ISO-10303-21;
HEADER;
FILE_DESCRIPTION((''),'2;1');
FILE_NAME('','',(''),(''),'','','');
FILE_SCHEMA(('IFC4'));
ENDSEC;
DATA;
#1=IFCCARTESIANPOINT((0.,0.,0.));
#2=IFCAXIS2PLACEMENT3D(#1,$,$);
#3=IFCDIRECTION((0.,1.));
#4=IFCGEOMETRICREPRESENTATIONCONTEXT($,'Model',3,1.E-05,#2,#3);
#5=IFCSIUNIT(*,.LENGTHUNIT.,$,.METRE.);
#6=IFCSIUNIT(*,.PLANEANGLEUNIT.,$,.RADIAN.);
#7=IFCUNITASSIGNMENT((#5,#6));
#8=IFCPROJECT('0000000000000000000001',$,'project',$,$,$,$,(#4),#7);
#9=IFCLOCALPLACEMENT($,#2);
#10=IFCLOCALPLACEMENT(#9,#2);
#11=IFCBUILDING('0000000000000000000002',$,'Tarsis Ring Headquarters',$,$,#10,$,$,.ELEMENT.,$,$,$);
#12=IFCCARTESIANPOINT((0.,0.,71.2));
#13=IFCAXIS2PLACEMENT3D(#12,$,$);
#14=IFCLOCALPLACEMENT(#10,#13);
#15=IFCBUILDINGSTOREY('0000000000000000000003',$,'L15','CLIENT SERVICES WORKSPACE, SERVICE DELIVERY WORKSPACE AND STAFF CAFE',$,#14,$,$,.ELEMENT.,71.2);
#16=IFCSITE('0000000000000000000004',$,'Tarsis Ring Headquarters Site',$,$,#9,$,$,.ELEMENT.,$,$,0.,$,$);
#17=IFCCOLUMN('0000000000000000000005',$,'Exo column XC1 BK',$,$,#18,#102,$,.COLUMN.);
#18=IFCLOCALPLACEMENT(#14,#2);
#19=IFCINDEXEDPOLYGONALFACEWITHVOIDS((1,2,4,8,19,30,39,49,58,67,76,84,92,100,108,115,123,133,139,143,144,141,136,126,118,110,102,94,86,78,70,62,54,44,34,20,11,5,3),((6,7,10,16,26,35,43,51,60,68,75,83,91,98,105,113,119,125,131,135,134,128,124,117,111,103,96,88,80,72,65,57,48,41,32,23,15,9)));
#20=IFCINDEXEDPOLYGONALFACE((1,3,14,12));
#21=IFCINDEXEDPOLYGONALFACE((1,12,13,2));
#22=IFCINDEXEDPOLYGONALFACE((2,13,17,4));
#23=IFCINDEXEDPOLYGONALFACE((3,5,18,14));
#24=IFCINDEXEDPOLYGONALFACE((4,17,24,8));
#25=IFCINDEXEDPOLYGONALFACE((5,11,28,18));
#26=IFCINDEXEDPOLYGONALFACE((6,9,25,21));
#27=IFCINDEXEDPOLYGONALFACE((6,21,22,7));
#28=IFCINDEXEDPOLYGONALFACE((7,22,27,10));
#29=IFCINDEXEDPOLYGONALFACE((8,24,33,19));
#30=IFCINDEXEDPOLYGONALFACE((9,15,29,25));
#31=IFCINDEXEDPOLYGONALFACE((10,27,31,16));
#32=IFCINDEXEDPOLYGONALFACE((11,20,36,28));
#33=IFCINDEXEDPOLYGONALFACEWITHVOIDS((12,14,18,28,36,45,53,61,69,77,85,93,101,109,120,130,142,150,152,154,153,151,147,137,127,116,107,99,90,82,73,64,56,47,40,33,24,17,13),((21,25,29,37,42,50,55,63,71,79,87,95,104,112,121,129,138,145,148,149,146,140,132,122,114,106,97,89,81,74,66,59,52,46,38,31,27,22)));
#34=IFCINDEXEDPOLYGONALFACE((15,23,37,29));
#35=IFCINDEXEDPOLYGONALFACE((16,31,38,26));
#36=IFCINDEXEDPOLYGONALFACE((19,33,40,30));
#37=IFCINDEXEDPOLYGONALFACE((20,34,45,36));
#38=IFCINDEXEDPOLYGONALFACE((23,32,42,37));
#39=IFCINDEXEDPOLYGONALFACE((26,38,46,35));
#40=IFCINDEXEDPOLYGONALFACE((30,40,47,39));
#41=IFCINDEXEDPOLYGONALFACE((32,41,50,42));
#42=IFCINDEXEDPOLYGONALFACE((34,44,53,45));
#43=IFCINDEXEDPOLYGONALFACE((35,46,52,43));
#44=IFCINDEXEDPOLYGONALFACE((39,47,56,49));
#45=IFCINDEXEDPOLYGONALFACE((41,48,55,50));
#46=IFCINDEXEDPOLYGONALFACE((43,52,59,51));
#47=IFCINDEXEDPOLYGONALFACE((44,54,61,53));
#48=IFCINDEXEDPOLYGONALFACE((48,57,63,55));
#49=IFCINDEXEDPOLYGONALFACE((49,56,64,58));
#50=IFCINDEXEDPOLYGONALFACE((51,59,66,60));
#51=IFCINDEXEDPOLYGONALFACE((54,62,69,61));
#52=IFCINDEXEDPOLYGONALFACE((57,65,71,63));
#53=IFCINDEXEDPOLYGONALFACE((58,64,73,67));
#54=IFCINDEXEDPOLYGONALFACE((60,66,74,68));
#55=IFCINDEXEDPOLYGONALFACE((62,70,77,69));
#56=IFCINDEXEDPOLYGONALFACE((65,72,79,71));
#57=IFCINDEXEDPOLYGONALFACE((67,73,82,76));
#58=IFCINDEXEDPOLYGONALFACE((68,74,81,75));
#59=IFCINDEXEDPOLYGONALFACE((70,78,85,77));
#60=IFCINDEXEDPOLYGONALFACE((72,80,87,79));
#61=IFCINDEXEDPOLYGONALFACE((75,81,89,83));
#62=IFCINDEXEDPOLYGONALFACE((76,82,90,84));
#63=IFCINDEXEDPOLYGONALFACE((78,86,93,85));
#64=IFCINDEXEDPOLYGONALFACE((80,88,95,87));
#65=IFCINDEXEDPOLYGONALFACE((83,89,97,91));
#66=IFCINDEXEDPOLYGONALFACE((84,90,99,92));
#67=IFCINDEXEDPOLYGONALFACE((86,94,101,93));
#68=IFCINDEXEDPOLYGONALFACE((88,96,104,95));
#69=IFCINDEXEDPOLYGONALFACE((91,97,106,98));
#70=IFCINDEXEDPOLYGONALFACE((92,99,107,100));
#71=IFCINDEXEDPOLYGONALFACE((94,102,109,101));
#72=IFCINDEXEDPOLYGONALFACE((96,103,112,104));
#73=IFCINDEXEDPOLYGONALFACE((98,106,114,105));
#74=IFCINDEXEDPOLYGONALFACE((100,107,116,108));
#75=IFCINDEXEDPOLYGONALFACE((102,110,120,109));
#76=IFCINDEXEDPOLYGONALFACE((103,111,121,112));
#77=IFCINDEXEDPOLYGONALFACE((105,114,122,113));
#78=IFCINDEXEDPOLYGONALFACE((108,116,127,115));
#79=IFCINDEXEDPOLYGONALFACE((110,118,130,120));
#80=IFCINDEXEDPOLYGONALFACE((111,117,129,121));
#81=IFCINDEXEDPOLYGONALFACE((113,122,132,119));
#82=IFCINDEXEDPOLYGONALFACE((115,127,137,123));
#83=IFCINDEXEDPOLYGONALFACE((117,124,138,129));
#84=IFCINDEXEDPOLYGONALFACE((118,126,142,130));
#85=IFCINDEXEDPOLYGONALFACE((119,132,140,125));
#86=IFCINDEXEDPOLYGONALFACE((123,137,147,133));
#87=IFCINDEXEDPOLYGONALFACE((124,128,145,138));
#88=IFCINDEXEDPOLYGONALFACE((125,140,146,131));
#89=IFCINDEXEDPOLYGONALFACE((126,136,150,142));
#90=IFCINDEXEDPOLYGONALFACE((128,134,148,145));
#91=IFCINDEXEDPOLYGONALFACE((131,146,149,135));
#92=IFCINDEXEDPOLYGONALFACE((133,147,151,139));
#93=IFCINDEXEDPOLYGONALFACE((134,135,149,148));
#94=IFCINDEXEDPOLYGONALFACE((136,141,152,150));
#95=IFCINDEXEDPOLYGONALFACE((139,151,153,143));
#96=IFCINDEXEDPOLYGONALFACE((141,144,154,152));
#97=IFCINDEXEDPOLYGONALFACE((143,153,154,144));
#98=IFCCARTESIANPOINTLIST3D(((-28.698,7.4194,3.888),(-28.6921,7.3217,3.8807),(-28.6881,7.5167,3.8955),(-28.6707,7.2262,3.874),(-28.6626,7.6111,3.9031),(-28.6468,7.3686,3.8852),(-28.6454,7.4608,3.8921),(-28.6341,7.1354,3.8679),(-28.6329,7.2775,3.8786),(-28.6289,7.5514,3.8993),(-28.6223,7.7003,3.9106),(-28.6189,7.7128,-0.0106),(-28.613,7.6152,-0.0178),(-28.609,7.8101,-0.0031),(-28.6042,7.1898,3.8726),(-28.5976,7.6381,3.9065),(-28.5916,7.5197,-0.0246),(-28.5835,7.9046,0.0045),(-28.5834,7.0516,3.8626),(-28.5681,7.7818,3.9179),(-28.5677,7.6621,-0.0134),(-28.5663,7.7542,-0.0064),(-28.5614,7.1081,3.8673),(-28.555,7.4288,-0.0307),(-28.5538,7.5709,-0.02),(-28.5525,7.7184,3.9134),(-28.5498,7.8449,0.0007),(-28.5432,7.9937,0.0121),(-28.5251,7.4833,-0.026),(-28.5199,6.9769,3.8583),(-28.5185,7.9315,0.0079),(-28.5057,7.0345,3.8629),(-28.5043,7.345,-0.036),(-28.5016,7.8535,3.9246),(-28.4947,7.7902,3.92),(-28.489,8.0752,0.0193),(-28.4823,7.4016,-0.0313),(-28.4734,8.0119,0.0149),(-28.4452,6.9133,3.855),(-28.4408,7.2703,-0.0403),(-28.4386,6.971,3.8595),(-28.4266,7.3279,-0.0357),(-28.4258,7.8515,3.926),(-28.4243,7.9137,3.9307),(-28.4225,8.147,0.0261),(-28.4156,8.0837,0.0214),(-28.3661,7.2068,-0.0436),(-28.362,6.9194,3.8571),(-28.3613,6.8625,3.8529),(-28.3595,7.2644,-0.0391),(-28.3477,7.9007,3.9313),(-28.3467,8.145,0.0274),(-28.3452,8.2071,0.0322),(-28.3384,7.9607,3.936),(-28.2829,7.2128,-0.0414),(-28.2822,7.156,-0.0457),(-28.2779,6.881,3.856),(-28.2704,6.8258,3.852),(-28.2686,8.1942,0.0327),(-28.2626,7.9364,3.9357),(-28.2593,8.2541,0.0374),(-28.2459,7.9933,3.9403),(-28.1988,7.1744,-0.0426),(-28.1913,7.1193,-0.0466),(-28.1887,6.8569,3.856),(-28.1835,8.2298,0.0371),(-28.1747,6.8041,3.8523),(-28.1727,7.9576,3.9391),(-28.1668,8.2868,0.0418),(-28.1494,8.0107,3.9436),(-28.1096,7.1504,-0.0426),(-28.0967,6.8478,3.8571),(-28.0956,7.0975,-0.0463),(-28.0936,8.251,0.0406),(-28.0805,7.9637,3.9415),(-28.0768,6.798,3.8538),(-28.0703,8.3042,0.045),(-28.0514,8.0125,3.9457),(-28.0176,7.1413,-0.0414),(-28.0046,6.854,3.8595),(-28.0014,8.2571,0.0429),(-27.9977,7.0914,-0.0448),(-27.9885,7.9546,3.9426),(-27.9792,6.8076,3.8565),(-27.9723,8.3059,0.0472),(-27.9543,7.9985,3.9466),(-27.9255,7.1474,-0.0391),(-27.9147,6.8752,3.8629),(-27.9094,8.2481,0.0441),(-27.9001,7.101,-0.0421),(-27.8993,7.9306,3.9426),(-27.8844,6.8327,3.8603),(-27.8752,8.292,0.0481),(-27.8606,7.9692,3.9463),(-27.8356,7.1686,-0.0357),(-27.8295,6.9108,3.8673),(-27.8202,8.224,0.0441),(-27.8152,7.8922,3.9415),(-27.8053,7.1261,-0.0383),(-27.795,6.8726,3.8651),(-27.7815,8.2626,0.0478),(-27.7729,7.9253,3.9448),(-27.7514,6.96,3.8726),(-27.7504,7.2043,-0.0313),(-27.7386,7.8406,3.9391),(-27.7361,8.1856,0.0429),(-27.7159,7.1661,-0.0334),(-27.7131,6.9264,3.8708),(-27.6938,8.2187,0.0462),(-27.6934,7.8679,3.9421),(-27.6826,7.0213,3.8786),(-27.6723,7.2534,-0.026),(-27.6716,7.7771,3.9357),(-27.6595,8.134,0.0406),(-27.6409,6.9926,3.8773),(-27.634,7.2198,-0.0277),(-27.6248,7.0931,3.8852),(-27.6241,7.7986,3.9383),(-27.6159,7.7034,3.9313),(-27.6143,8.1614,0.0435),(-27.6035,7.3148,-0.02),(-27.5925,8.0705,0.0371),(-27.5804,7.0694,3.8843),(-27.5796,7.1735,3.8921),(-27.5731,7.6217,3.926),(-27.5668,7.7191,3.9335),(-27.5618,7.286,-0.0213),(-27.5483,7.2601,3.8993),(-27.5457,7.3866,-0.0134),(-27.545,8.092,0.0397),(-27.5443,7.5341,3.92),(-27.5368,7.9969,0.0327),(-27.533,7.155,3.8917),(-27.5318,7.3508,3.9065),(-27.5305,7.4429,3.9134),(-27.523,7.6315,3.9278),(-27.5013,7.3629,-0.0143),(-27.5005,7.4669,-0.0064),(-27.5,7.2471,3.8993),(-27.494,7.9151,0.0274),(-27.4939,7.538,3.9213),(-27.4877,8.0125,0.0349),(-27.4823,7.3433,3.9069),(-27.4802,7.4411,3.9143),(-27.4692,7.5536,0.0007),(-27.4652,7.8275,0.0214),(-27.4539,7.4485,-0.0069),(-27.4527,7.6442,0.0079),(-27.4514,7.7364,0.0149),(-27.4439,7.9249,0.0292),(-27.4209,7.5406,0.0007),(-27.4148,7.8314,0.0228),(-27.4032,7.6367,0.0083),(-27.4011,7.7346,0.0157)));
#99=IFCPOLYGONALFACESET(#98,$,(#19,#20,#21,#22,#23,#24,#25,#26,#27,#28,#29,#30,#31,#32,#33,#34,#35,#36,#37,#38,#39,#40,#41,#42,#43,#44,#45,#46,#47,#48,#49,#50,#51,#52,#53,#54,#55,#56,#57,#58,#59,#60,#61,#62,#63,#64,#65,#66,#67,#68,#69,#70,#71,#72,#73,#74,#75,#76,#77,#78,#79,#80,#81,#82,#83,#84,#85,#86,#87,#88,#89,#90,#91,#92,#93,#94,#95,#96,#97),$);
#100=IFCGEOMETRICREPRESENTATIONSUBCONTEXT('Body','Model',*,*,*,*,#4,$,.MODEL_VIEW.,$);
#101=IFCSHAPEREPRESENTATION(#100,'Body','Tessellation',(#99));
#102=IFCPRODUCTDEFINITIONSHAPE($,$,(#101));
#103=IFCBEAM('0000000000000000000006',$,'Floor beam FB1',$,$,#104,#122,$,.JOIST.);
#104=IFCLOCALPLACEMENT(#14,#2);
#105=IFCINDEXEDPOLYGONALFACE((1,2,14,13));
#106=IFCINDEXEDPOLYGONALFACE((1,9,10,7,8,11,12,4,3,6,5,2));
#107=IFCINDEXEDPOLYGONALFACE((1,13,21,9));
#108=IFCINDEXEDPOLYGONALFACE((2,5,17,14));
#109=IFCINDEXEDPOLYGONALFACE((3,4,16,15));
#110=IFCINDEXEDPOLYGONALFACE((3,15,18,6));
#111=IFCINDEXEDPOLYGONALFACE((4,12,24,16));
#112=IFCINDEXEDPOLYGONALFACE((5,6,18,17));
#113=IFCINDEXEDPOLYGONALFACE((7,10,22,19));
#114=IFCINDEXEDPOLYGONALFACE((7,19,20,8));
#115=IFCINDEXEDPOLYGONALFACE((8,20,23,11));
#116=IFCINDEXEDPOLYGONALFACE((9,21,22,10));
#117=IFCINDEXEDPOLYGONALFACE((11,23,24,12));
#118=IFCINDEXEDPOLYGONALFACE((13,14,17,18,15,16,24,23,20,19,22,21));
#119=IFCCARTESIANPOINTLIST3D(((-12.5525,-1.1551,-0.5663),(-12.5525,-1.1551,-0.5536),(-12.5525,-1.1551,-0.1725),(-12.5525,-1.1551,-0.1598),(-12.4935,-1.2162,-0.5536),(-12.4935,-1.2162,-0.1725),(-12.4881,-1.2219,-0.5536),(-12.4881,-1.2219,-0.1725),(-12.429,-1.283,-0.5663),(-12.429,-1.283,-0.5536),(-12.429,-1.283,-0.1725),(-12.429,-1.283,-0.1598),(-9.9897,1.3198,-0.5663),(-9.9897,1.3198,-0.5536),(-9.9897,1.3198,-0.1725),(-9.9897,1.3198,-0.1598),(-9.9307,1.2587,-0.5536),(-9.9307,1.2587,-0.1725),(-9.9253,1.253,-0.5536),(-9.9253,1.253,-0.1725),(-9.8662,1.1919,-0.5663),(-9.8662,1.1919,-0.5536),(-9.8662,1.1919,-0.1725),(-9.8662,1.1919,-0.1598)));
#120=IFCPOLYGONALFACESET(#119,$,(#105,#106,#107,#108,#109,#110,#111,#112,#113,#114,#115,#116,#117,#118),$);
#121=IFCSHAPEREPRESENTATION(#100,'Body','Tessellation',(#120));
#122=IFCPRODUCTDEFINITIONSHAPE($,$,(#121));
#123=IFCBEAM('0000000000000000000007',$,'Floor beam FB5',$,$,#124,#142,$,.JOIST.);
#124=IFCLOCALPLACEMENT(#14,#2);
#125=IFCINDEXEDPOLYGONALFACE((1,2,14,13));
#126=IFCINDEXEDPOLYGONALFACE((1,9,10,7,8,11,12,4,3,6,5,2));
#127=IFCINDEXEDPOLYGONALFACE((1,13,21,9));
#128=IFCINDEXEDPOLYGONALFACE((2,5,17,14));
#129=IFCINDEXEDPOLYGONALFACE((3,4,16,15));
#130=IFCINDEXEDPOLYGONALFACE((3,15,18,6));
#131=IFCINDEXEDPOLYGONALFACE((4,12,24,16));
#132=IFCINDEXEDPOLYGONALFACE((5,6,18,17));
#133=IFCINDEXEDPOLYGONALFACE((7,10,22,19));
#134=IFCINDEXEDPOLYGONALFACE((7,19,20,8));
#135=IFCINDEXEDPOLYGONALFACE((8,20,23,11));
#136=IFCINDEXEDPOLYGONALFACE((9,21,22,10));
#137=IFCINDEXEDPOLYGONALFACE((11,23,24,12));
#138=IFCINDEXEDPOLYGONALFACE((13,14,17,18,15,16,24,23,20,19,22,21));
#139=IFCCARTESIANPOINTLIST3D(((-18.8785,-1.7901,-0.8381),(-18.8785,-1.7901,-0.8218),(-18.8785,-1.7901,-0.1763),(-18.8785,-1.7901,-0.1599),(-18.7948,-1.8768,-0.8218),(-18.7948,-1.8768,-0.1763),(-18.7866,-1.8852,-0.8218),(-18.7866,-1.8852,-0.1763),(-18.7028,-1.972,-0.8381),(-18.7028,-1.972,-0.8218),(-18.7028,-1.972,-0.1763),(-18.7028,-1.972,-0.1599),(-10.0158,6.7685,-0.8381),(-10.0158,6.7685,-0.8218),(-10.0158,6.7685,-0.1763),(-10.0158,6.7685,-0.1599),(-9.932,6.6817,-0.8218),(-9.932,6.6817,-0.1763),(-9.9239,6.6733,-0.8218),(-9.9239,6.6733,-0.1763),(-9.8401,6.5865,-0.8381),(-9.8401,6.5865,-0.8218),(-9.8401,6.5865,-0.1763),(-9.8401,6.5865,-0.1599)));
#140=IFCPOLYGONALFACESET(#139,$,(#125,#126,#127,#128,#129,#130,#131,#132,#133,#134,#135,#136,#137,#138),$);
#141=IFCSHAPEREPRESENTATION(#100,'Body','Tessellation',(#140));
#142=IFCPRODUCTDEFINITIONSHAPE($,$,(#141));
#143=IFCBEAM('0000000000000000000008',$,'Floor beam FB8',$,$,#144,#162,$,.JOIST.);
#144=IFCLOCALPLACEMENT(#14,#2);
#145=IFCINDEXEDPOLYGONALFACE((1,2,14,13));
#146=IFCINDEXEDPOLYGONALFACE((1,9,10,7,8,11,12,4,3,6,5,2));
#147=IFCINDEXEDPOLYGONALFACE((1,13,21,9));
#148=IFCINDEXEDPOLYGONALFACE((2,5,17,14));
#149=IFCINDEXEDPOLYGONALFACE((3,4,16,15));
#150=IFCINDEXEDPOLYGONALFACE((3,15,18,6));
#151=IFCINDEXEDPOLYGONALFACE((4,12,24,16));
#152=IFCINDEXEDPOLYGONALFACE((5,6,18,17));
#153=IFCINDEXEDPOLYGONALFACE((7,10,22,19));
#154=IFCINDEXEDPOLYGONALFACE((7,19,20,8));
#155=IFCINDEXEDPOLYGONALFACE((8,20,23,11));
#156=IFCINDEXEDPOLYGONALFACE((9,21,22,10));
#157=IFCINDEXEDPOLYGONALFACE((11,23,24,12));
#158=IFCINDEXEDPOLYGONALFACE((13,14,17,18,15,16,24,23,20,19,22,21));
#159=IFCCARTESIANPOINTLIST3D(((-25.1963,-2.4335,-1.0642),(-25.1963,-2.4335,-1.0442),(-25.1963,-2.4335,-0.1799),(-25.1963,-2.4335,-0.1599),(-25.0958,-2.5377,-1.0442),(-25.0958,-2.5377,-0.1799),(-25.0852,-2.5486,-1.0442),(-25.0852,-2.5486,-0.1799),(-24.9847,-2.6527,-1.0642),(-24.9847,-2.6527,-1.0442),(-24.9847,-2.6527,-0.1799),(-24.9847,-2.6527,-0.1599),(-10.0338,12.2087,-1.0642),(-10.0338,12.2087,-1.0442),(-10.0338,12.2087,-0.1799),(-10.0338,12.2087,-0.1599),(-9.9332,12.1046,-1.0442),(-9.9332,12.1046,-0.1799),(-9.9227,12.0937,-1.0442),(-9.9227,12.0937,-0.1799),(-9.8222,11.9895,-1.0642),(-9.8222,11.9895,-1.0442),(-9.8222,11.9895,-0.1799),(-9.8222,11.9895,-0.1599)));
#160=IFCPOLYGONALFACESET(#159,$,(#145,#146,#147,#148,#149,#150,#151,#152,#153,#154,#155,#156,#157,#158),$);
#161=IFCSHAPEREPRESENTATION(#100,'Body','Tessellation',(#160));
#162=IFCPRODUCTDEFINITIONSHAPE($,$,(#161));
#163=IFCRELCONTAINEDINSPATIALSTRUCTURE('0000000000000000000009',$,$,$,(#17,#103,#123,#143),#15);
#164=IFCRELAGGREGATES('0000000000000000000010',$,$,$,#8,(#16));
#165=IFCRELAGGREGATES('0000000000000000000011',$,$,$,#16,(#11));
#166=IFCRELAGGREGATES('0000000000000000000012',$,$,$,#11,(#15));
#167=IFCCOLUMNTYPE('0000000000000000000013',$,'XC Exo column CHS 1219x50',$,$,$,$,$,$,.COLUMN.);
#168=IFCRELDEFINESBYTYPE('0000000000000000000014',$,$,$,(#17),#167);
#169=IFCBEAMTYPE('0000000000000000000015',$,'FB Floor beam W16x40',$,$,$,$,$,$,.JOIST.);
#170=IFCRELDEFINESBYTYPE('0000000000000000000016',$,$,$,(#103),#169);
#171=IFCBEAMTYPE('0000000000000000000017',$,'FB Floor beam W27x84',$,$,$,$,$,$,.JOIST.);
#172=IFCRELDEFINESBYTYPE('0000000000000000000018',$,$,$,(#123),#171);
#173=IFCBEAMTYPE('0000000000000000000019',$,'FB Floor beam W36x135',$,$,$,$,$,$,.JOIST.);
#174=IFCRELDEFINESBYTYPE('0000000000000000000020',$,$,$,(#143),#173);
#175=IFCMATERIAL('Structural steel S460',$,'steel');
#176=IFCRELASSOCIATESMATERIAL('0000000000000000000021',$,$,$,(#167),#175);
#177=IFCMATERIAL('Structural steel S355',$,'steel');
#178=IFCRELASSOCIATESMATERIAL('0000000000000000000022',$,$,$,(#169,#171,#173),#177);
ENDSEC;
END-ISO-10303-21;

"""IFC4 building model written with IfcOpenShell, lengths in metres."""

from ifc_helpers import new_model, si_unit, direction, frame, origin, origin_2d, place, context, subcontext, project, spatial, hollow_circle, i_section, extrude, material, material_profile, profile_set, type_object, element, save


model = new_model("IFC4")

# Units and contexts
model_context = context("Model", 3, precision=1e-05, world=origin(), true_north=direction((0.0, 1.0)))
body_context = subcontext(model_context, "Body", "Model", "MODEL_VIEW")
ifc_project = project(units=[si_unit("LENGTHUNIT", "METRE"), si_unit("PLANEANGLEUNIT", "RADIAN")], contexts=[model_context])

# Site, building, storey
site_placement = place(None, origin())
site = spatial("IfcSite", under=ifc_project, at=site_placement, Name="Tarsis Ring Headquarters Site", CompositionType="ELEMENT", RefElevation=0.0)
building_placement = place(site_placement, origin())
building = spatial("IfcBuilding", under=site, at=building_placement, Name="Tarsis Ring Headquarters", CompositionType="ELEMENT")
storey_placement = place(building_placement, frame((0.0, 0.0, 71.2)))
storey = spatial("IfcBuildingStorey", under=building, at=storey_placement, Name="L15", Description="CLIENT SERVICES WORKSPACE, SERVICE DELIVERY WORKSPACE AND STAFF CAFE", CompositionType="ELEMENT", Elevation=71.2)

# Column
ifc_material_1 = material(Name="Structural steel S460", Category="steel")
ifc_material_profile_1 = material_profile(ifc_material_1, hollow_circle(Radius=0.6096, WallThickness=0.05, at=origin_2d()), Name="CHS 1219x50")
ifc_profile_set_1 = profile_set([ifc_material_profile_1], Name="Structural steel S460")
column_type = type_object("IfcColumnType", Name="XC Exo column CHS 1219x50", PredefinedType="COLUMN", material=ifc_profile_set_1)
column_placement = place(storey_placement, frame((-28.0095, 7.6992, 0.0007), z_axis=(-0.020228, -0.075043, 0.996975), x_axis=(0.965538, -0.260262, 0.0)))
element("IfcColumn", 1, at=column_placement, inside=storey, type_object=column_type, Name="Exo column XC1 BK", PredefinedType="COLUMN", context=body_context, shape_type="SweptSolid", body=[
    extrude(hollow_circle(Radius=0.6096, WallThickness=0.05, at=origin_2d()), origin(), (0.0, 0.0, 1.0), 3.9104),
])

# Beams
ifc_material_2 = material(Name="Structural steel S355", Category="steel")
ifc_material_profile_2 = material_profile(ifc_material_2, i_section(OverallWidth=0.1777, OverallDepth=0.4065, WebThickness=0.0078, FlangeThickness=0.0127, at=origin_2d()), Name="W16x40")
ifc_profile_set_2 = profile_set([ifc_material_profile_2], Name="Structural steel S355")
beam_type_1 = type_object("IfcBeamType", Name="FB Floor beam W16x40", PredefinedType="JOIST", material=ifc_profile_set_2)
beam_1_placement = place(storey_placement, frame((-9.928, 1.2559, -0.363), z_axis=(-0.719334, -0.694664, 0.0), x_axis=(0.694664, -0.719334, 0.0)))
element("IfcBeam", 2, at=beam_1_placement, inside=storey, type_object=beam_type_1, Name="Floor beam FB1", PredefinedType="JOIST", context=body_context, shape_type="SweptSolid", body=[
    extrude(i_section(OverallWidth=0.1777, OverallDepth=0.4065, WebThickness=0.0078, FlangeThickness=0.0127, at=origin_2d()), origin(), (0.0, 0.0, 1.0), 3.5627),
])
ifc_material_profile_3 = material_profile(ifc_material_2, i_section(OverallWidth=0.2529, OverallDepth=0.6782, WebThickness=0.0117, FlangeThickness=0.0164, at=origin_2d()), Name="W27x84")
ifc_profile_set_3 = profile_set([ifc_material_profile_3], Name="Structural steel S355")
beam_type_2 = type_object("IfcBeamType", Name="FB Floor beam W27x84", PredefinedType="JOIST", material=ifc_profile_set_3)
beam_2_placement = place(storey_placement, frame((-9.928, 6.6775, -0.499), z_axis=(-0.719344, -0.694654, 0.0), x_axis=(0.694654, -0.719344, 0.0)))
element("IfcBeam", 3, at=beam_2_placement, inside=storey, type_object=beam_type_2, Name="Floor beam FB5", PredefinedType="JOIST", context=body_context, shape_type="SweptSolid", body=[
    extrude(i_section(OverallWidth=0.2529, OverallDepth=0.6782, WebThickness=0.0117, FlangeThickness=0.0164, at=origin_2d()), origin(), (0.0, 0.0, 1.0), 12.3206),
])
ifc_material_profile_4 = material_profile(ifc_material_2, i_section(OverallWidth=0.3047, OverallDepth=0.9043, WebThickness=0.0151, FlangeThickness=0.02, at=origin_2d()), Name="W36x135")
ifc_profile_set_4 = profile_set([ifc_material_profile_4], Name="Structural steel S355")
beam_type_3 = type_object("IfcBeamType", Name="FB Floor beam W36x135", PredefinedType="JOIST", material=ifc_profile_set_4)
beam_3_placement = place(storey_placement, frame((-9.928, 12.0991, -0.6121), z_axis=(-0.71934, -0.694658, 0.0), x_axis=(0.694658, -0.71934, 0.0)))
element("IfcBeam", 4, at=beam_3_placement, inside=storey, type_object=beam_type_3, Name="Floor beam FB8", PredefinedType="JOIST", context=body_context, shape_type="SweptSolid", body=[
    extrude(i_section(OverallWidth=0.3047, OverallDepth=0.9043, WebThickness=0.0151, FlangeThickness=0.02, at=origin_2d()), origin(), (0.0, 0.0, 1.0), 21.0784),
])

save(model, "model.ifc")
